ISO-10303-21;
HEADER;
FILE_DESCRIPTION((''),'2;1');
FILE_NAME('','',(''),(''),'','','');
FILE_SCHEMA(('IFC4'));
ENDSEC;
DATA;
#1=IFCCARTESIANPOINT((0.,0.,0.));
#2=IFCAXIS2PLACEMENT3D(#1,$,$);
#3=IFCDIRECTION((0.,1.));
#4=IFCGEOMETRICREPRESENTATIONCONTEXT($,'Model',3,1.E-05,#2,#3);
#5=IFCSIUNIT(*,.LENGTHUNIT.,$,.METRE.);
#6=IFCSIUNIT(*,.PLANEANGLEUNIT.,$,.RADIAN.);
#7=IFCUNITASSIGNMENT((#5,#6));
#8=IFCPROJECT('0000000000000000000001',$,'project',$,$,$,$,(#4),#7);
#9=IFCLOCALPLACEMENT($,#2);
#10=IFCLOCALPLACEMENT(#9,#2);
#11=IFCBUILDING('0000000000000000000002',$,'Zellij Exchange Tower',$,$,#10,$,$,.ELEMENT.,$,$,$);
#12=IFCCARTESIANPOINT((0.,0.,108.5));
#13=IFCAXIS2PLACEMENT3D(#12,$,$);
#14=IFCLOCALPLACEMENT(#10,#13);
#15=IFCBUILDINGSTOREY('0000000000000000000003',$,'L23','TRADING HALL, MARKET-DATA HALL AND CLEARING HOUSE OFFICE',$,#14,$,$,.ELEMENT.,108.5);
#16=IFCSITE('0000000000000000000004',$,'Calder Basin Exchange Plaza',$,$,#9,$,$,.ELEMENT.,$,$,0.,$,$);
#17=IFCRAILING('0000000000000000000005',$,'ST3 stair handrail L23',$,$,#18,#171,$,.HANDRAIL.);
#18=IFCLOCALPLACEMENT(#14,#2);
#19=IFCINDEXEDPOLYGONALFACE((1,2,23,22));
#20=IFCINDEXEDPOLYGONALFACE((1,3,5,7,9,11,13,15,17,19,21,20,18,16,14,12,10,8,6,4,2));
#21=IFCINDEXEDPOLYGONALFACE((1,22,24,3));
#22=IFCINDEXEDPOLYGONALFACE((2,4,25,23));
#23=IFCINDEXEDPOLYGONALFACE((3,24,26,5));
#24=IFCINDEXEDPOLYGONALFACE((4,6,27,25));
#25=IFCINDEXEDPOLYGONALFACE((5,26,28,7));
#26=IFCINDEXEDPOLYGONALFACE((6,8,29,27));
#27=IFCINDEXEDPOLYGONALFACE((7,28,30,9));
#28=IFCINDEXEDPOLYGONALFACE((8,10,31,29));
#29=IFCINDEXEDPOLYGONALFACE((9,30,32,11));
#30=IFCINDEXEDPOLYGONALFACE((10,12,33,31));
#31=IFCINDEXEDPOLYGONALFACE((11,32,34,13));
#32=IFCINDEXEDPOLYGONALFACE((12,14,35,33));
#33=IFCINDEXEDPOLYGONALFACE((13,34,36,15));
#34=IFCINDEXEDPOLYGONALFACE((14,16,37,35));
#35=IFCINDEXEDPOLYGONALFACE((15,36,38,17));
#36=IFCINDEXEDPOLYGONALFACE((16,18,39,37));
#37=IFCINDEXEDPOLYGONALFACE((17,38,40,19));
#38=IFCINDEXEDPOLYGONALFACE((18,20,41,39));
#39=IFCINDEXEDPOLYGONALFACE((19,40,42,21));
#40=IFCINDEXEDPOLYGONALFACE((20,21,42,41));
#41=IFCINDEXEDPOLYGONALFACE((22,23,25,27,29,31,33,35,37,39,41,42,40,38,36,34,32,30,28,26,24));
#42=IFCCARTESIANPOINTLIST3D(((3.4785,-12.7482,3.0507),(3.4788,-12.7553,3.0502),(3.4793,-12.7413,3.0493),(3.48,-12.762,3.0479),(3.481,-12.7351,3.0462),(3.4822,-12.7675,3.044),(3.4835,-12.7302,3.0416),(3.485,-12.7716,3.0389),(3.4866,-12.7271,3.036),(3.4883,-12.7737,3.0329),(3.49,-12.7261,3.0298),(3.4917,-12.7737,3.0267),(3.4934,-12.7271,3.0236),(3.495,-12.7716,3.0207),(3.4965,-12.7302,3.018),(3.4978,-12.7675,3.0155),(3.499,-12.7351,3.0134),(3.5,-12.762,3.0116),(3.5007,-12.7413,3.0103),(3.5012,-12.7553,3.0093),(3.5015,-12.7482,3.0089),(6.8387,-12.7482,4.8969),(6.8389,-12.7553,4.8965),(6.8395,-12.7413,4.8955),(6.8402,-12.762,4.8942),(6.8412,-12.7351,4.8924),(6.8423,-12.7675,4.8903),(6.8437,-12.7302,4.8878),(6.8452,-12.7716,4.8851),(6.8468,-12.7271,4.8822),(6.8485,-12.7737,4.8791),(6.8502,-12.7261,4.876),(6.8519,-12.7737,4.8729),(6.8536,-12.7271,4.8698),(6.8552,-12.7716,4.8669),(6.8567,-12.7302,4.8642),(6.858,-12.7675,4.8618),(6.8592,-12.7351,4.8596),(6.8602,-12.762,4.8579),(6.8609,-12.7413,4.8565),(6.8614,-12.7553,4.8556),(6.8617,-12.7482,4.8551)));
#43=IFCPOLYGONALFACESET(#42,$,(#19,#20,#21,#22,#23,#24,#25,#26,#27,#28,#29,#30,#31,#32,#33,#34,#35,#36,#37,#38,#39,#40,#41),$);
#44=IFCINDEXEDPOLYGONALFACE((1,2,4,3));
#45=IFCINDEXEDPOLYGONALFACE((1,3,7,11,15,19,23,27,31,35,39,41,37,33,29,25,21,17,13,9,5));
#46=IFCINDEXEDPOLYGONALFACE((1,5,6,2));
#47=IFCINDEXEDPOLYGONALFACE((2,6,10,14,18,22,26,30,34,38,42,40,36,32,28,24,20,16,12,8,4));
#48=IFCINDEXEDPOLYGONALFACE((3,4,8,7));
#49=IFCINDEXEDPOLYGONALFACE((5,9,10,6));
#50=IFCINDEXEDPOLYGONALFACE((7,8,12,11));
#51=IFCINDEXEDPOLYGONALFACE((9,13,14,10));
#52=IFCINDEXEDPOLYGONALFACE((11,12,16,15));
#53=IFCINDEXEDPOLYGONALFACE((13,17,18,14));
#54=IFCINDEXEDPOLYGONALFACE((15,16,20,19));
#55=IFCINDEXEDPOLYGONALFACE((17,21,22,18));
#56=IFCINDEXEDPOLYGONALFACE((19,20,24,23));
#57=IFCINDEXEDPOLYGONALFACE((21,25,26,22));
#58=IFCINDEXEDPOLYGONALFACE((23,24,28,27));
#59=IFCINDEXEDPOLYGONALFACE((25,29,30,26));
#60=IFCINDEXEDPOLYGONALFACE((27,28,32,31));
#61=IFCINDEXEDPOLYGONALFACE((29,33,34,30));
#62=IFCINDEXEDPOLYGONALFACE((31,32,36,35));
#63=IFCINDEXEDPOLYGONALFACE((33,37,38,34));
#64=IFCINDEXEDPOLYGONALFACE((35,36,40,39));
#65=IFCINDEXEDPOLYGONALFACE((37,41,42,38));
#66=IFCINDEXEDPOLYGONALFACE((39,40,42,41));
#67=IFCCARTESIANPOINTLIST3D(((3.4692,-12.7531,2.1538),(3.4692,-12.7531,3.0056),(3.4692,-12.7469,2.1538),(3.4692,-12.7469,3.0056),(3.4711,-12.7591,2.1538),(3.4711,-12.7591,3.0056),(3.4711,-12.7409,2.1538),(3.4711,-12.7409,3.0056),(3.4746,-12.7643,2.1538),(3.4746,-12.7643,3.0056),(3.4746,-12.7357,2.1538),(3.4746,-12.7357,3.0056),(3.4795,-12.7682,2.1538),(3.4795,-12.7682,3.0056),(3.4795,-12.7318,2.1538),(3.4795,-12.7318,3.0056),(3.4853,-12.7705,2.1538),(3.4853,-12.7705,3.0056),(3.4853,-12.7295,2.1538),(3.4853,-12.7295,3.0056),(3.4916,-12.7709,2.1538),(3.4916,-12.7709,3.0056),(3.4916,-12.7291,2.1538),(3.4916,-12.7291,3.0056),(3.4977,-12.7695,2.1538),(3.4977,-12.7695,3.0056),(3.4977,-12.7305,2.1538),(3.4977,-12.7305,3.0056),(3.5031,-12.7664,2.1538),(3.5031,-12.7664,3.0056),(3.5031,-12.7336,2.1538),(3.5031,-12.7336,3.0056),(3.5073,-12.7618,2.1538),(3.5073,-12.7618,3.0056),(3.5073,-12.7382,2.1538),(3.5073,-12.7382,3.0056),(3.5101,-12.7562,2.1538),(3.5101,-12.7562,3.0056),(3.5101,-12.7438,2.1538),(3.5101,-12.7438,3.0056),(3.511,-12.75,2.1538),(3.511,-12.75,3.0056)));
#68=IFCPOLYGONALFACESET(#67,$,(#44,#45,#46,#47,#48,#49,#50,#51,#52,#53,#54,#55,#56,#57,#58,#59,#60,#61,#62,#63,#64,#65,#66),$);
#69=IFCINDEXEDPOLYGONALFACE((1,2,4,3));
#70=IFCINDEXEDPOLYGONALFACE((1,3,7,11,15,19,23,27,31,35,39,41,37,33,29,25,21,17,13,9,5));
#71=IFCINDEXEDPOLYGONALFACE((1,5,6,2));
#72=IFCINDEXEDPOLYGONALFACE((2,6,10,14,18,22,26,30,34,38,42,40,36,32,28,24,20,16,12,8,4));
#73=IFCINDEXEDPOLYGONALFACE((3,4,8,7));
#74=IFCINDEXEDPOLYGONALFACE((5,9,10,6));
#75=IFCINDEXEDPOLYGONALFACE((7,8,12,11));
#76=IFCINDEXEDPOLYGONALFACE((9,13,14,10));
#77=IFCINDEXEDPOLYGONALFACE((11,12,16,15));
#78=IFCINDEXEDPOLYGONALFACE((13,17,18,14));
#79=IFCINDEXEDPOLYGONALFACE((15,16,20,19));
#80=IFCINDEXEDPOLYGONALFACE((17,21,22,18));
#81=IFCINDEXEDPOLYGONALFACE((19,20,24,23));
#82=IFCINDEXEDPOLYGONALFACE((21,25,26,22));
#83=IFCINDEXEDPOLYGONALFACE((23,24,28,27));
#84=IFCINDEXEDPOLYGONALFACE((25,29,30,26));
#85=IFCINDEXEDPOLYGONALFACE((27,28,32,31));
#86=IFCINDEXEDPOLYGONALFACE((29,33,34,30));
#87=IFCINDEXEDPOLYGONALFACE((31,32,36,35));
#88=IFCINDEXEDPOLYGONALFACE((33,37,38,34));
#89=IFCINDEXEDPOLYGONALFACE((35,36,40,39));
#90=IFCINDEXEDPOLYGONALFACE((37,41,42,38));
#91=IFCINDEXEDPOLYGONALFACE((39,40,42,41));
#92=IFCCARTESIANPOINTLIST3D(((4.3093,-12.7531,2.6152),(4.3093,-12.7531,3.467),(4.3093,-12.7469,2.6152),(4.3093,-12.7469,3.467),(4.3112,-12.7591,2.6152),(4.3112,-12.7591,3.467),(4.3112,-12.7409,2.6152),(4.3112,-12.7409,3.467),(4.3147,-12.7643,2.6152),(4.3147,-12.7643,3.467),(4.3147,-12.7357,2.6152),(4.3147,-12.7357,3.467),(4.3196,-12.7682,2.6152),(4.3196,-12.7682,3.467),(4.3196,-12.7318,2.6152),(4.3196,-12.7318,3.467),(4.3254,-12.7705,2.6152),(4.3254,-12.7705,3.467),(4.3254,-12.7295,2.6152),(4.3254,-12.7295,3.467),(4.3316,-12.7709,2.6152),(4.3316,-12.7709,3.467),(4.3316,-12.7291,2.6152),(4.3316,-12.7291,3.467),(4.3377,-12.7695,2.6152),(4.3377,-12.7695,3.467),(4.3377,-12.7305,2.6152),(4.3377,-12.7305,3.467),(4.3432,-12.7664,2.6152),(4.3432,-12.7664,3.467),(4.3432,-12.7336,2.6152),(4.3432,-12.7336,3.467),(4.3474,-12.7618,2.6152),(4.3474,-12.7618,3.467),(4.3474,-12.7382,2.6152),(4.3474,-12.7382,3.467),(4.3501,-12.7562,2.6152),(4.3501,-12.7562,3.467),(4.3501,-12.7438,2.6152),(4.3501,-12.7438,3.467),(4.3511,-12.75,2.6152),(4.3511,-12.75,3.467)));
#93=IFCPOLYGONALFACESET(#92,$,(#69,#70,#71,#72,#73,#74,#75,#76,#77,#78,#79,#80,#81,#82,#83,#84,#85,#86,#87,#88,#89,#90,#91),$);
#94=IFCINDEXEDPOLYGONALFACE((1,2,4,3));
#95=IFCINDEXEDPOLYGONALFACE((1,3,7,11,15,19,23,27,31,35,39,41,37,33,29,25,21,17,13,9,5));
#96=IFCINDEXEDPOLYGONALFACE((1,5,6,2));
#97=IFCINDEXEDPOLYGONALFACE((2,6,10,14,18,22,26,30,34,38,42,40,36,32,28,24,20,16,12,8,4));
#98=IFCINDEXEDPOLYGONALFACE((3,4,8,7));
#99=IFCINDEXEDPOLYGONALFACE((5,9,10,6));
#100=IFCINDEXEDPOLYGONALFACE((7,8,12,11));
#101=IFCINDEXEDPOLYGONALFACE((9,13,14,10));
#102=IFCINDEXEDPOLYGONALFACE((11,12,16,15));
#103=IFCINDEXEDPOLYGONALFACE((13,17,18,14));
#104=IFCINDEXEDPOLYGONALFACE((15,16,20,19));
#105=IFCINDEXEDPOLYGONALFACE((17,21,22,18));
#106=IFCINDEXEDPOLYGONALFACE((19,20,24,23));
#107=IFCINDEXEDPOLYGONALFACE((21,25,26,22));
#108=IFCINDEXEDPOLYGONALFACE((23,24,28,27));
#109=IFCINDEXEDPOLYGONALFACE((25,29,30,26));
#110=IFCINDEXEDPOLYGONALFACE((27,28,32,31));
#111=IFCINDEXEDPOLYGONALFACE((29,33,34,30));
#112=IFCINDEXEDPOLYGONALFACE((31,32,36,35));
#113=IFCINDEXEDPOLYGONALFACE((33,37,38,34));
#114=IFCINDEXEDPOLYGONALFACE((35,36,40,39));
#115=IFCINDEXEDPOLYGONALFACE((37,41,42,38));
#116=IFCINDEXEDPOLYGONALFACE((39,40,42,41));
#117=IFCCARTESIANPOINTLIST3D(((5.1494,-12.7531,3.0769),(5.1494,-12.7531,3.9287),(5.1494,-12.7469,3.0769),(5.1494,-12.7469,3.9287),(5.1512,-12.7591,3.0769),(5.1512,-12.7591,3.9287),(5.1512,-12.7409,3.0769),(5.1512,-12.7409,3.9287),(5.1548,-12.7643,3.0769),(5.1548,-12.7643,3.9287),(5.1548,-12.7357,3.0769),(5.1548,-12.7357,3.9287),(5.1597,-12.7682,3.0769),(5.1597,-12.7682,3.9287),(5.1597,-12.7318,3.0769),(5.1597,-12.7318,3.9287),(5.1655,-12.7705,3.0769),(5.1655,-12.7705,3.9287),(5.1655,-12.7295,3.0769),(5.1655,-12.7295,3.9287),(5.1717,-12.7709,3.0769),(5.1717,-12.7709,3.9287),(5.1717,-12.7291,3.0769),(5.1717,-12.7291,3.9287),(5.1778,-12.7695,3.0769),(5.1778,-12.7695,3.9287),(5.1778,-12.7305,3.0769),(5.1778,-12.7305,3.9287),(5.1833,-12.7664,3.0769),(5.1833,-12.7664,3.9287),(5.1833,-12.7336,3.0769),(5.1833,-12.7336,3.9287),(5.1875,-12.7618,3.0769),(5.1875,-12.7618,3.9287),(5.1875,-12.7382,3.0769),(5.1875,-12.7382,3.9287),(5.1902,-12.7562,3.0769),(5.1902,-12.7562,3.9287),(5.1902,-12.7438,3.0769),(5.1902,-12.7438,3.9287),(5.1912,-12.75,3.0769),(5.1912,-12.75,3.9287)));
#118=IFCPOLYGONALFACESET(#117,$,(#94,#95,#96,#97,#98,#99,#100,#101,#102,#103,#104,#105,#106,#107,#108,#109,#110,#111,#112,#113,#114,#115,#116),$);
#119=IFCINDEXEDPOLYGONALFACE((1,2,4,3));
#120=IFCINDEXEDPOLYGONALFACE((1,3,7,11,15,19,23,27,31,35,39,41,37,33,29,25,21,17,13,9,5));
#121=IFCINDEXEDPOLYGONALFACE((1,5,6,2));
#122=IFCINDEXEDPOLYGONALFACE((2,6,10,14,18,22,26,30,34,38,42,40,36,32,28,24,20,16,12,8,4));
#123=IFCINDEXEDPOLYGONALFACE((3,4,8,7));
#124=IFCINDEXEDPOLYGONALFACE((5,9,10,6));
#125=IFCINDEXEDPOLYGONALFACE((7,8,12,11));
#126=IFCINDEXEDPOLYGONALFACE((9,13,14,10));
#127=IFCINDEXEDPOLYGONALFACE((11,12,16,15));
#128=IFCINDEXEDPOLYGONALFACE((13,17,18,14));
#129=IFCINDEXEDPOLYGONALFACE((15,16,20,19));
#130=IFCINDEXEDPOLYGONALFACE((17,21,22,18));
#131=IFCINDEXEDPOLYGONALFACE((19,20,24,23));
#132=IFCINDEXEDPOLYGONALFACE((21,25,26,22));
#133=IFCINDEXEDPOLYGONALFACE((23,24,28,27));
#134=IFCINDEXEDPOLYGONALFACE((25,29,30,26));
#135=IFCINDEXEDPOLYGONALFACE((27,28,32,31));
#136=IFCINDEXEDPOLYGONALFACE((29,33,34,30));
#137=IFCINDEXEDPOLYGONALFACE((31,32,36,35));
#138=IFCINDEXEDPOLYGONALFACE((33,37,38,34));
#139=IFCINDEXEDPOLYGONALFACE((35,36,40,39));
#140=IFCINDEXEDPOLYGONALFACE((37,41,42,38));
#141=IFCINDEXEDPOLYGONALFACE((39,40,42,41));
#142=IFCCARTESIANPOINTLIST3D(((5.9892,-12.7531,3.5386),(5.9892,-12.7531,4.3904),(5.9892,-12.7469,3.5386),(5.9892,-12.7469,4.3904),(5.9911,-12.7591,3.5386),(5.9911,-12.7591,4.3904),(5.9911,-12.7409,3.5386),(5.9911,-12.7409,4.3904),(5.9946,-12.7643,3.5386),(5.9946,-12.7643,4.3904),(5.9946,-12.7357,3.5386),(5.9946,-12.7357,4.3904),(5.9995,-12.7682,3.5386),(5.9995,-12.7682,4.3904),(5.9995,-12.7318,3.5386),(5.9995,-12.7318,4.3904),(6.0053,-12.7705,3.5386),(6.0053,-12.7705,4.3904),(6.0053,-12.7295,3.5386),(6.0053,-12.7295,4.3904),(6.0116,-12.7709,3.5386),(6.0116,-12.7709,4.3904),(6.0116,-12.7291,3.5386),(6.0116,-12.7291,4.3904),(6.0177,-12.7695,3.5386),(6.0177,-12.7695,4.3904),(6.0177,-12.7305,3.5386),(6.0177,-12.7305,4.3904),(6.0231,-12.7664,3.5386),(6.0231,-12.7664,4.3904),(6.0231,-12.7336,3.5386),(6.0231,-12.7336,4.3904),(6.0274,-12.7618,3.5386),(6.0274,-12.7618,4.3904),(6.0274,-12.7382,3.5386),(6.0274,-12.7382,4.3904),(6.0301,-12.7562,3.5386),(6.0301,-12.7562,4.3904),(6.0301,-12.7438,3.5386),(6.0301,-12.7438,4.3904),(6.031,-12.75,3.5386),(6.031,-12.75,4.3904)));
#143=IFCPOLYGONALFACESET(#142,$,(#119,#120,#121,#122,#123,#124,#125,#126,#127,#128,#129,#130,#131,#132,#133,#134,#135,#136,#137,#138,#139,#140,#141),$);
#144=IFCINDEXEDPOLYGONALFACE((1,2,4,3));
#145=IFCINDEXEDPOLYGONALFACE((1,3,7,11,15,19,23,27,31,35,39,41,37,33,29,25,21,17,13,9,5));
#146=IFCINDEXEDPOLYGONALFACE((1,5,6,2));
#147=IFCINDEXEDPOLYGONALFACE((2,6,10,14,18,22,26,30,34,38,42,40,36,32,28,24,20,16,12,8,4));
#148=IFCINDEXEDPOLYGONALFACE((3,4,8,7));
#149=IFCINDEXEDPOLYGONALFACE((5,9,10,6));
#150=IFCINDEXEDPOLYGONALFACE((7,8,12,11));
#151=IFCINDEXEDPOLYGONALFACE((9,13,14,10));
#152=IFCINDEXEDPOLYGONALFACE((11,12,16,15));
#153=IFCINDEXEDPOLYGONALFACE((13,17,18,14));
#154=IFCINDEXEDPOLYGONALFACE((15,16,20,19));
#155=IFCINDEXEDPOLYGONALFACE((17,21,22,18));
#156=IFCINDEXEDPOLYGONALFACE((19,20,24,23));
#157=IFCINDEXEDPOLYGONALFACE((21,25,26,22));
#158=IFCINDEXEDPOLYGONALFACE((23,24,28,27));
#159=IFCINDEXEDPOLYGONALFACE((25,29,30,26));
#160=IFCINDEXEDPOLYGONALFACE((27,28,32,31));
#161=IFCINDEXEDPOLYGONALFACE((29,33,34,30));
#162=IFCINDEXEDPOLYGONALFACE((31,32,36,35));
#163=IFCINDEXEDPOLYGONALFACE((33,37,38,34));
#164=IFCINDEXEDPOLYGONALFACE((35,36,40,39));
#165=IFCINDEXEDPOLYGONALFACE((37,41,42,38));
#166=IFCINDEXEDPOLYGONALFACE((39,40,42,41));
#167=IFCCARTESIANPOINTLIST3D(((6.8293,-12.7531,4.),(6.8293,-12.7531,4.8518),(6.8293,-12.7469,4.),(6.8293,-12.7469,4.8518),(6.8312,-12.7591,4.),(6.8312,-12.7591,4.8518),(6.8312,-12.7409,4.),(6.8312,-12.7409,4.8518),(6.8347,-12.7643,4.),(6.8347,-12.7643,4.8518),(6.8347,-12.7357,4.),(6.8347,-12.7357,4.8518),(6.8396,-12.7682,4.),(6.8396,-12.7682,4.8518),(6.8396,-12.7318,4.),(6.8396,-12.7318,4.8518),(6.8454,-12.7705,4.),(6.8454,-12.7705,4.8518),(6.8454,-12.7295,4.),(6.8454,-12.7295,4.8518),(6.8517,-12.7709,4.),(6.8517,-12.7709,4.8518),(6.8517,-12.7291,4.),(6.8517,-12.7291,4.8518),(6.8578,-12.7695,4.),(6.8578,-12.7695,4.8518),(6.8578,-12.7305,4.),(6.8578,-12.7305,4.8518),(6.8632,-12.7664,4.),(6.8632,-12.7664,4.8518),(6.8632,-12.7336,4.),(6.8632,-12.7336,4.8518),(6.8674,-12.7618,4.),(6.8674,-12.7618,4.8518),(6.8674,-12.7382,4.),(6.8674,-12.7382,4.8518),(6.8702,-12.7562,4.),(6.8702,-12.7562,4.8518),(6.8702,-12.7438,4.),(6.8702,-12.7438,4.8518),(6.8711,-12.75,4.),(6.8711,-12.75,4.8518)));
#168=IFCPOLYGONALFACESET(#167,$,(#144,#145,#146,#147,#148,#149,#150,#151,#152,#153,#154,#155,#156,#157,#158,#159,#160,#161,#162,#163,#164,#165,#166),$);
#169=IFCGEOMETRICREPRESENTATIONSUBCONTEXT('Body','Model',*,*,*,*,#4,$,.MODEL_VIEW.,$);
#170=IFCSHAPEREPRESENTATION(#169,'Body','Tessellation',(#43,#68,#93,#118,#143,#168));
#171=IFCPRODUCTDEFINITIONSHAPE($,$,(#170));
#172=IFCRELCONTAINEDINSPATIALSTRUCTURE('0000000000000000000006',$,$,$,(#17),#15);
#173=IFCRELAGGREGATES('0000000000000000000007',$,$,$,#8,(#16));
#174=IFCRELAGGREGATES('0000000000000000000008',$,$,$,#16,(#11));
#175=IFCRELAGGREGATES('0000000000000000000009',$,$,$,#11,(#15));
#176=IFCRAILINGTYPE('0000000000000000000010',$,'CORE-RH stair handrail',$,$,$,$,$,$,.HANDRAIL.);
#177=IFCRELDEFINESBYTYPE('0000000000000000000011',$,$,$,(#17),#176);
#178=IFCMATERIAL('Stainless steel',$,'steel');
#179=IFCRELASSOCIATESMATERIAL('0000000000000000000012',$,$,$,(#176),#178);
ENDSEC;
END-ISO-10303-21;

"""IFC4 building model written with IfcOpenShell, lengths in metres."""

from ifc_helpers import new_model, si_unit, direction, frame, origin, origin_2d, place, context, subcontext, project, spatial, circle, extrude, material, type_object, element, save


model = new_model("IFC4")

# Units and contexts
model_context = context("Model", 3, precision=1e-05, world=origin(), true_north=direction((0.0, 1.0)))
body_context = subcontext(model_context, "Body", "Model", "MODEL_VIEW")
ifc_project = project(units=[si_unit("LENGTHUNIT", "METRE"), si_unit("PLANEANGLEUNIT", "RADIAN")], contexts=[model_context])

# Site, building, storey
site_placement = place(None, origin())
site = spatial("IfcSite", under=ifc_project, at=site_placement, Name="Calder Basin Exchange Plaza", CompositionType="ELEMENT", RefElevation=0.0)
building_placement = place(site_placement, origin())
building = spatial("IfcBuilding", under=site, at=building_placement, Name="Zellij Exchange Tower", CompositionType="ELEMENT")
storey_placement = place(building_placement, frame((0.0, 0.0, 108.5)))
storey = spatial("IfcBuildingStorey", under=building, at=storey_placement, Name="L23", Description="TRADING HALL, MARKET-DATA HALL AND CLEARING HOUSE OFFICE", CompositionType="ELEMENT", Elevation=108.5)

# Railing
ifc_material_1 = material(Name="Stainless steel", Category="steel")
railing_type_1 = type_object("IfcRailingType", Name="CORE-RH stair handrail", PredefinedType="HANDRAIL", material=ifc_material_1)
for number, where, name in (
    (1, (3.49, -12.75, 2.1538), "ST3 stair handrail L23"),
):
    element("IfcRailing", number, at=place(storey_placement, frame(where)), inside=storey, type_object=railing_type_1, Name=name, PredefinedType="HANDRAIL", context=body_context, shape_type="SweptSolid", body=[
        extrude(circle(Radius=0.0239, at=origin_2d()), frame((0.0, 0.0, 0.876), z_axis=(0.876422, 0.0, 0.481545), x_axis=(0.0, 1.0, 0.0)), (0.0, 0.0, 1.0), 3.834),
        extrude(circle(Radius=0.021, at=origin_2d()), origin(), (0.0, 0.0, 1.0), 0.8518),
        extrude(circle(Radius=0.021, at=origin_2d()), frame((0.8401, 0.0, 0.4614)), (0.0, 0.0, 1.0), 0.8518),
        extrude(circle(Radius=0.021, at=origin_2d()), frame((1.6802, 0.0, 0.9231)), (0.0, 0.0, 1.0), 0.8518),
        extrude(circle(Radius=0.021, at=origin_2d()), frame((2.52, 0.0, 1.3848)), (0.0, 0.0, 1.0), 0.8518),
        extrude(circle(Radius=0.021, at=origin_2d()), frame((3.3601, 0.0, 1.8462)), (0.0, 0.0, 1.0), 0.8518),
    ])

save(model, "model.ifc")
